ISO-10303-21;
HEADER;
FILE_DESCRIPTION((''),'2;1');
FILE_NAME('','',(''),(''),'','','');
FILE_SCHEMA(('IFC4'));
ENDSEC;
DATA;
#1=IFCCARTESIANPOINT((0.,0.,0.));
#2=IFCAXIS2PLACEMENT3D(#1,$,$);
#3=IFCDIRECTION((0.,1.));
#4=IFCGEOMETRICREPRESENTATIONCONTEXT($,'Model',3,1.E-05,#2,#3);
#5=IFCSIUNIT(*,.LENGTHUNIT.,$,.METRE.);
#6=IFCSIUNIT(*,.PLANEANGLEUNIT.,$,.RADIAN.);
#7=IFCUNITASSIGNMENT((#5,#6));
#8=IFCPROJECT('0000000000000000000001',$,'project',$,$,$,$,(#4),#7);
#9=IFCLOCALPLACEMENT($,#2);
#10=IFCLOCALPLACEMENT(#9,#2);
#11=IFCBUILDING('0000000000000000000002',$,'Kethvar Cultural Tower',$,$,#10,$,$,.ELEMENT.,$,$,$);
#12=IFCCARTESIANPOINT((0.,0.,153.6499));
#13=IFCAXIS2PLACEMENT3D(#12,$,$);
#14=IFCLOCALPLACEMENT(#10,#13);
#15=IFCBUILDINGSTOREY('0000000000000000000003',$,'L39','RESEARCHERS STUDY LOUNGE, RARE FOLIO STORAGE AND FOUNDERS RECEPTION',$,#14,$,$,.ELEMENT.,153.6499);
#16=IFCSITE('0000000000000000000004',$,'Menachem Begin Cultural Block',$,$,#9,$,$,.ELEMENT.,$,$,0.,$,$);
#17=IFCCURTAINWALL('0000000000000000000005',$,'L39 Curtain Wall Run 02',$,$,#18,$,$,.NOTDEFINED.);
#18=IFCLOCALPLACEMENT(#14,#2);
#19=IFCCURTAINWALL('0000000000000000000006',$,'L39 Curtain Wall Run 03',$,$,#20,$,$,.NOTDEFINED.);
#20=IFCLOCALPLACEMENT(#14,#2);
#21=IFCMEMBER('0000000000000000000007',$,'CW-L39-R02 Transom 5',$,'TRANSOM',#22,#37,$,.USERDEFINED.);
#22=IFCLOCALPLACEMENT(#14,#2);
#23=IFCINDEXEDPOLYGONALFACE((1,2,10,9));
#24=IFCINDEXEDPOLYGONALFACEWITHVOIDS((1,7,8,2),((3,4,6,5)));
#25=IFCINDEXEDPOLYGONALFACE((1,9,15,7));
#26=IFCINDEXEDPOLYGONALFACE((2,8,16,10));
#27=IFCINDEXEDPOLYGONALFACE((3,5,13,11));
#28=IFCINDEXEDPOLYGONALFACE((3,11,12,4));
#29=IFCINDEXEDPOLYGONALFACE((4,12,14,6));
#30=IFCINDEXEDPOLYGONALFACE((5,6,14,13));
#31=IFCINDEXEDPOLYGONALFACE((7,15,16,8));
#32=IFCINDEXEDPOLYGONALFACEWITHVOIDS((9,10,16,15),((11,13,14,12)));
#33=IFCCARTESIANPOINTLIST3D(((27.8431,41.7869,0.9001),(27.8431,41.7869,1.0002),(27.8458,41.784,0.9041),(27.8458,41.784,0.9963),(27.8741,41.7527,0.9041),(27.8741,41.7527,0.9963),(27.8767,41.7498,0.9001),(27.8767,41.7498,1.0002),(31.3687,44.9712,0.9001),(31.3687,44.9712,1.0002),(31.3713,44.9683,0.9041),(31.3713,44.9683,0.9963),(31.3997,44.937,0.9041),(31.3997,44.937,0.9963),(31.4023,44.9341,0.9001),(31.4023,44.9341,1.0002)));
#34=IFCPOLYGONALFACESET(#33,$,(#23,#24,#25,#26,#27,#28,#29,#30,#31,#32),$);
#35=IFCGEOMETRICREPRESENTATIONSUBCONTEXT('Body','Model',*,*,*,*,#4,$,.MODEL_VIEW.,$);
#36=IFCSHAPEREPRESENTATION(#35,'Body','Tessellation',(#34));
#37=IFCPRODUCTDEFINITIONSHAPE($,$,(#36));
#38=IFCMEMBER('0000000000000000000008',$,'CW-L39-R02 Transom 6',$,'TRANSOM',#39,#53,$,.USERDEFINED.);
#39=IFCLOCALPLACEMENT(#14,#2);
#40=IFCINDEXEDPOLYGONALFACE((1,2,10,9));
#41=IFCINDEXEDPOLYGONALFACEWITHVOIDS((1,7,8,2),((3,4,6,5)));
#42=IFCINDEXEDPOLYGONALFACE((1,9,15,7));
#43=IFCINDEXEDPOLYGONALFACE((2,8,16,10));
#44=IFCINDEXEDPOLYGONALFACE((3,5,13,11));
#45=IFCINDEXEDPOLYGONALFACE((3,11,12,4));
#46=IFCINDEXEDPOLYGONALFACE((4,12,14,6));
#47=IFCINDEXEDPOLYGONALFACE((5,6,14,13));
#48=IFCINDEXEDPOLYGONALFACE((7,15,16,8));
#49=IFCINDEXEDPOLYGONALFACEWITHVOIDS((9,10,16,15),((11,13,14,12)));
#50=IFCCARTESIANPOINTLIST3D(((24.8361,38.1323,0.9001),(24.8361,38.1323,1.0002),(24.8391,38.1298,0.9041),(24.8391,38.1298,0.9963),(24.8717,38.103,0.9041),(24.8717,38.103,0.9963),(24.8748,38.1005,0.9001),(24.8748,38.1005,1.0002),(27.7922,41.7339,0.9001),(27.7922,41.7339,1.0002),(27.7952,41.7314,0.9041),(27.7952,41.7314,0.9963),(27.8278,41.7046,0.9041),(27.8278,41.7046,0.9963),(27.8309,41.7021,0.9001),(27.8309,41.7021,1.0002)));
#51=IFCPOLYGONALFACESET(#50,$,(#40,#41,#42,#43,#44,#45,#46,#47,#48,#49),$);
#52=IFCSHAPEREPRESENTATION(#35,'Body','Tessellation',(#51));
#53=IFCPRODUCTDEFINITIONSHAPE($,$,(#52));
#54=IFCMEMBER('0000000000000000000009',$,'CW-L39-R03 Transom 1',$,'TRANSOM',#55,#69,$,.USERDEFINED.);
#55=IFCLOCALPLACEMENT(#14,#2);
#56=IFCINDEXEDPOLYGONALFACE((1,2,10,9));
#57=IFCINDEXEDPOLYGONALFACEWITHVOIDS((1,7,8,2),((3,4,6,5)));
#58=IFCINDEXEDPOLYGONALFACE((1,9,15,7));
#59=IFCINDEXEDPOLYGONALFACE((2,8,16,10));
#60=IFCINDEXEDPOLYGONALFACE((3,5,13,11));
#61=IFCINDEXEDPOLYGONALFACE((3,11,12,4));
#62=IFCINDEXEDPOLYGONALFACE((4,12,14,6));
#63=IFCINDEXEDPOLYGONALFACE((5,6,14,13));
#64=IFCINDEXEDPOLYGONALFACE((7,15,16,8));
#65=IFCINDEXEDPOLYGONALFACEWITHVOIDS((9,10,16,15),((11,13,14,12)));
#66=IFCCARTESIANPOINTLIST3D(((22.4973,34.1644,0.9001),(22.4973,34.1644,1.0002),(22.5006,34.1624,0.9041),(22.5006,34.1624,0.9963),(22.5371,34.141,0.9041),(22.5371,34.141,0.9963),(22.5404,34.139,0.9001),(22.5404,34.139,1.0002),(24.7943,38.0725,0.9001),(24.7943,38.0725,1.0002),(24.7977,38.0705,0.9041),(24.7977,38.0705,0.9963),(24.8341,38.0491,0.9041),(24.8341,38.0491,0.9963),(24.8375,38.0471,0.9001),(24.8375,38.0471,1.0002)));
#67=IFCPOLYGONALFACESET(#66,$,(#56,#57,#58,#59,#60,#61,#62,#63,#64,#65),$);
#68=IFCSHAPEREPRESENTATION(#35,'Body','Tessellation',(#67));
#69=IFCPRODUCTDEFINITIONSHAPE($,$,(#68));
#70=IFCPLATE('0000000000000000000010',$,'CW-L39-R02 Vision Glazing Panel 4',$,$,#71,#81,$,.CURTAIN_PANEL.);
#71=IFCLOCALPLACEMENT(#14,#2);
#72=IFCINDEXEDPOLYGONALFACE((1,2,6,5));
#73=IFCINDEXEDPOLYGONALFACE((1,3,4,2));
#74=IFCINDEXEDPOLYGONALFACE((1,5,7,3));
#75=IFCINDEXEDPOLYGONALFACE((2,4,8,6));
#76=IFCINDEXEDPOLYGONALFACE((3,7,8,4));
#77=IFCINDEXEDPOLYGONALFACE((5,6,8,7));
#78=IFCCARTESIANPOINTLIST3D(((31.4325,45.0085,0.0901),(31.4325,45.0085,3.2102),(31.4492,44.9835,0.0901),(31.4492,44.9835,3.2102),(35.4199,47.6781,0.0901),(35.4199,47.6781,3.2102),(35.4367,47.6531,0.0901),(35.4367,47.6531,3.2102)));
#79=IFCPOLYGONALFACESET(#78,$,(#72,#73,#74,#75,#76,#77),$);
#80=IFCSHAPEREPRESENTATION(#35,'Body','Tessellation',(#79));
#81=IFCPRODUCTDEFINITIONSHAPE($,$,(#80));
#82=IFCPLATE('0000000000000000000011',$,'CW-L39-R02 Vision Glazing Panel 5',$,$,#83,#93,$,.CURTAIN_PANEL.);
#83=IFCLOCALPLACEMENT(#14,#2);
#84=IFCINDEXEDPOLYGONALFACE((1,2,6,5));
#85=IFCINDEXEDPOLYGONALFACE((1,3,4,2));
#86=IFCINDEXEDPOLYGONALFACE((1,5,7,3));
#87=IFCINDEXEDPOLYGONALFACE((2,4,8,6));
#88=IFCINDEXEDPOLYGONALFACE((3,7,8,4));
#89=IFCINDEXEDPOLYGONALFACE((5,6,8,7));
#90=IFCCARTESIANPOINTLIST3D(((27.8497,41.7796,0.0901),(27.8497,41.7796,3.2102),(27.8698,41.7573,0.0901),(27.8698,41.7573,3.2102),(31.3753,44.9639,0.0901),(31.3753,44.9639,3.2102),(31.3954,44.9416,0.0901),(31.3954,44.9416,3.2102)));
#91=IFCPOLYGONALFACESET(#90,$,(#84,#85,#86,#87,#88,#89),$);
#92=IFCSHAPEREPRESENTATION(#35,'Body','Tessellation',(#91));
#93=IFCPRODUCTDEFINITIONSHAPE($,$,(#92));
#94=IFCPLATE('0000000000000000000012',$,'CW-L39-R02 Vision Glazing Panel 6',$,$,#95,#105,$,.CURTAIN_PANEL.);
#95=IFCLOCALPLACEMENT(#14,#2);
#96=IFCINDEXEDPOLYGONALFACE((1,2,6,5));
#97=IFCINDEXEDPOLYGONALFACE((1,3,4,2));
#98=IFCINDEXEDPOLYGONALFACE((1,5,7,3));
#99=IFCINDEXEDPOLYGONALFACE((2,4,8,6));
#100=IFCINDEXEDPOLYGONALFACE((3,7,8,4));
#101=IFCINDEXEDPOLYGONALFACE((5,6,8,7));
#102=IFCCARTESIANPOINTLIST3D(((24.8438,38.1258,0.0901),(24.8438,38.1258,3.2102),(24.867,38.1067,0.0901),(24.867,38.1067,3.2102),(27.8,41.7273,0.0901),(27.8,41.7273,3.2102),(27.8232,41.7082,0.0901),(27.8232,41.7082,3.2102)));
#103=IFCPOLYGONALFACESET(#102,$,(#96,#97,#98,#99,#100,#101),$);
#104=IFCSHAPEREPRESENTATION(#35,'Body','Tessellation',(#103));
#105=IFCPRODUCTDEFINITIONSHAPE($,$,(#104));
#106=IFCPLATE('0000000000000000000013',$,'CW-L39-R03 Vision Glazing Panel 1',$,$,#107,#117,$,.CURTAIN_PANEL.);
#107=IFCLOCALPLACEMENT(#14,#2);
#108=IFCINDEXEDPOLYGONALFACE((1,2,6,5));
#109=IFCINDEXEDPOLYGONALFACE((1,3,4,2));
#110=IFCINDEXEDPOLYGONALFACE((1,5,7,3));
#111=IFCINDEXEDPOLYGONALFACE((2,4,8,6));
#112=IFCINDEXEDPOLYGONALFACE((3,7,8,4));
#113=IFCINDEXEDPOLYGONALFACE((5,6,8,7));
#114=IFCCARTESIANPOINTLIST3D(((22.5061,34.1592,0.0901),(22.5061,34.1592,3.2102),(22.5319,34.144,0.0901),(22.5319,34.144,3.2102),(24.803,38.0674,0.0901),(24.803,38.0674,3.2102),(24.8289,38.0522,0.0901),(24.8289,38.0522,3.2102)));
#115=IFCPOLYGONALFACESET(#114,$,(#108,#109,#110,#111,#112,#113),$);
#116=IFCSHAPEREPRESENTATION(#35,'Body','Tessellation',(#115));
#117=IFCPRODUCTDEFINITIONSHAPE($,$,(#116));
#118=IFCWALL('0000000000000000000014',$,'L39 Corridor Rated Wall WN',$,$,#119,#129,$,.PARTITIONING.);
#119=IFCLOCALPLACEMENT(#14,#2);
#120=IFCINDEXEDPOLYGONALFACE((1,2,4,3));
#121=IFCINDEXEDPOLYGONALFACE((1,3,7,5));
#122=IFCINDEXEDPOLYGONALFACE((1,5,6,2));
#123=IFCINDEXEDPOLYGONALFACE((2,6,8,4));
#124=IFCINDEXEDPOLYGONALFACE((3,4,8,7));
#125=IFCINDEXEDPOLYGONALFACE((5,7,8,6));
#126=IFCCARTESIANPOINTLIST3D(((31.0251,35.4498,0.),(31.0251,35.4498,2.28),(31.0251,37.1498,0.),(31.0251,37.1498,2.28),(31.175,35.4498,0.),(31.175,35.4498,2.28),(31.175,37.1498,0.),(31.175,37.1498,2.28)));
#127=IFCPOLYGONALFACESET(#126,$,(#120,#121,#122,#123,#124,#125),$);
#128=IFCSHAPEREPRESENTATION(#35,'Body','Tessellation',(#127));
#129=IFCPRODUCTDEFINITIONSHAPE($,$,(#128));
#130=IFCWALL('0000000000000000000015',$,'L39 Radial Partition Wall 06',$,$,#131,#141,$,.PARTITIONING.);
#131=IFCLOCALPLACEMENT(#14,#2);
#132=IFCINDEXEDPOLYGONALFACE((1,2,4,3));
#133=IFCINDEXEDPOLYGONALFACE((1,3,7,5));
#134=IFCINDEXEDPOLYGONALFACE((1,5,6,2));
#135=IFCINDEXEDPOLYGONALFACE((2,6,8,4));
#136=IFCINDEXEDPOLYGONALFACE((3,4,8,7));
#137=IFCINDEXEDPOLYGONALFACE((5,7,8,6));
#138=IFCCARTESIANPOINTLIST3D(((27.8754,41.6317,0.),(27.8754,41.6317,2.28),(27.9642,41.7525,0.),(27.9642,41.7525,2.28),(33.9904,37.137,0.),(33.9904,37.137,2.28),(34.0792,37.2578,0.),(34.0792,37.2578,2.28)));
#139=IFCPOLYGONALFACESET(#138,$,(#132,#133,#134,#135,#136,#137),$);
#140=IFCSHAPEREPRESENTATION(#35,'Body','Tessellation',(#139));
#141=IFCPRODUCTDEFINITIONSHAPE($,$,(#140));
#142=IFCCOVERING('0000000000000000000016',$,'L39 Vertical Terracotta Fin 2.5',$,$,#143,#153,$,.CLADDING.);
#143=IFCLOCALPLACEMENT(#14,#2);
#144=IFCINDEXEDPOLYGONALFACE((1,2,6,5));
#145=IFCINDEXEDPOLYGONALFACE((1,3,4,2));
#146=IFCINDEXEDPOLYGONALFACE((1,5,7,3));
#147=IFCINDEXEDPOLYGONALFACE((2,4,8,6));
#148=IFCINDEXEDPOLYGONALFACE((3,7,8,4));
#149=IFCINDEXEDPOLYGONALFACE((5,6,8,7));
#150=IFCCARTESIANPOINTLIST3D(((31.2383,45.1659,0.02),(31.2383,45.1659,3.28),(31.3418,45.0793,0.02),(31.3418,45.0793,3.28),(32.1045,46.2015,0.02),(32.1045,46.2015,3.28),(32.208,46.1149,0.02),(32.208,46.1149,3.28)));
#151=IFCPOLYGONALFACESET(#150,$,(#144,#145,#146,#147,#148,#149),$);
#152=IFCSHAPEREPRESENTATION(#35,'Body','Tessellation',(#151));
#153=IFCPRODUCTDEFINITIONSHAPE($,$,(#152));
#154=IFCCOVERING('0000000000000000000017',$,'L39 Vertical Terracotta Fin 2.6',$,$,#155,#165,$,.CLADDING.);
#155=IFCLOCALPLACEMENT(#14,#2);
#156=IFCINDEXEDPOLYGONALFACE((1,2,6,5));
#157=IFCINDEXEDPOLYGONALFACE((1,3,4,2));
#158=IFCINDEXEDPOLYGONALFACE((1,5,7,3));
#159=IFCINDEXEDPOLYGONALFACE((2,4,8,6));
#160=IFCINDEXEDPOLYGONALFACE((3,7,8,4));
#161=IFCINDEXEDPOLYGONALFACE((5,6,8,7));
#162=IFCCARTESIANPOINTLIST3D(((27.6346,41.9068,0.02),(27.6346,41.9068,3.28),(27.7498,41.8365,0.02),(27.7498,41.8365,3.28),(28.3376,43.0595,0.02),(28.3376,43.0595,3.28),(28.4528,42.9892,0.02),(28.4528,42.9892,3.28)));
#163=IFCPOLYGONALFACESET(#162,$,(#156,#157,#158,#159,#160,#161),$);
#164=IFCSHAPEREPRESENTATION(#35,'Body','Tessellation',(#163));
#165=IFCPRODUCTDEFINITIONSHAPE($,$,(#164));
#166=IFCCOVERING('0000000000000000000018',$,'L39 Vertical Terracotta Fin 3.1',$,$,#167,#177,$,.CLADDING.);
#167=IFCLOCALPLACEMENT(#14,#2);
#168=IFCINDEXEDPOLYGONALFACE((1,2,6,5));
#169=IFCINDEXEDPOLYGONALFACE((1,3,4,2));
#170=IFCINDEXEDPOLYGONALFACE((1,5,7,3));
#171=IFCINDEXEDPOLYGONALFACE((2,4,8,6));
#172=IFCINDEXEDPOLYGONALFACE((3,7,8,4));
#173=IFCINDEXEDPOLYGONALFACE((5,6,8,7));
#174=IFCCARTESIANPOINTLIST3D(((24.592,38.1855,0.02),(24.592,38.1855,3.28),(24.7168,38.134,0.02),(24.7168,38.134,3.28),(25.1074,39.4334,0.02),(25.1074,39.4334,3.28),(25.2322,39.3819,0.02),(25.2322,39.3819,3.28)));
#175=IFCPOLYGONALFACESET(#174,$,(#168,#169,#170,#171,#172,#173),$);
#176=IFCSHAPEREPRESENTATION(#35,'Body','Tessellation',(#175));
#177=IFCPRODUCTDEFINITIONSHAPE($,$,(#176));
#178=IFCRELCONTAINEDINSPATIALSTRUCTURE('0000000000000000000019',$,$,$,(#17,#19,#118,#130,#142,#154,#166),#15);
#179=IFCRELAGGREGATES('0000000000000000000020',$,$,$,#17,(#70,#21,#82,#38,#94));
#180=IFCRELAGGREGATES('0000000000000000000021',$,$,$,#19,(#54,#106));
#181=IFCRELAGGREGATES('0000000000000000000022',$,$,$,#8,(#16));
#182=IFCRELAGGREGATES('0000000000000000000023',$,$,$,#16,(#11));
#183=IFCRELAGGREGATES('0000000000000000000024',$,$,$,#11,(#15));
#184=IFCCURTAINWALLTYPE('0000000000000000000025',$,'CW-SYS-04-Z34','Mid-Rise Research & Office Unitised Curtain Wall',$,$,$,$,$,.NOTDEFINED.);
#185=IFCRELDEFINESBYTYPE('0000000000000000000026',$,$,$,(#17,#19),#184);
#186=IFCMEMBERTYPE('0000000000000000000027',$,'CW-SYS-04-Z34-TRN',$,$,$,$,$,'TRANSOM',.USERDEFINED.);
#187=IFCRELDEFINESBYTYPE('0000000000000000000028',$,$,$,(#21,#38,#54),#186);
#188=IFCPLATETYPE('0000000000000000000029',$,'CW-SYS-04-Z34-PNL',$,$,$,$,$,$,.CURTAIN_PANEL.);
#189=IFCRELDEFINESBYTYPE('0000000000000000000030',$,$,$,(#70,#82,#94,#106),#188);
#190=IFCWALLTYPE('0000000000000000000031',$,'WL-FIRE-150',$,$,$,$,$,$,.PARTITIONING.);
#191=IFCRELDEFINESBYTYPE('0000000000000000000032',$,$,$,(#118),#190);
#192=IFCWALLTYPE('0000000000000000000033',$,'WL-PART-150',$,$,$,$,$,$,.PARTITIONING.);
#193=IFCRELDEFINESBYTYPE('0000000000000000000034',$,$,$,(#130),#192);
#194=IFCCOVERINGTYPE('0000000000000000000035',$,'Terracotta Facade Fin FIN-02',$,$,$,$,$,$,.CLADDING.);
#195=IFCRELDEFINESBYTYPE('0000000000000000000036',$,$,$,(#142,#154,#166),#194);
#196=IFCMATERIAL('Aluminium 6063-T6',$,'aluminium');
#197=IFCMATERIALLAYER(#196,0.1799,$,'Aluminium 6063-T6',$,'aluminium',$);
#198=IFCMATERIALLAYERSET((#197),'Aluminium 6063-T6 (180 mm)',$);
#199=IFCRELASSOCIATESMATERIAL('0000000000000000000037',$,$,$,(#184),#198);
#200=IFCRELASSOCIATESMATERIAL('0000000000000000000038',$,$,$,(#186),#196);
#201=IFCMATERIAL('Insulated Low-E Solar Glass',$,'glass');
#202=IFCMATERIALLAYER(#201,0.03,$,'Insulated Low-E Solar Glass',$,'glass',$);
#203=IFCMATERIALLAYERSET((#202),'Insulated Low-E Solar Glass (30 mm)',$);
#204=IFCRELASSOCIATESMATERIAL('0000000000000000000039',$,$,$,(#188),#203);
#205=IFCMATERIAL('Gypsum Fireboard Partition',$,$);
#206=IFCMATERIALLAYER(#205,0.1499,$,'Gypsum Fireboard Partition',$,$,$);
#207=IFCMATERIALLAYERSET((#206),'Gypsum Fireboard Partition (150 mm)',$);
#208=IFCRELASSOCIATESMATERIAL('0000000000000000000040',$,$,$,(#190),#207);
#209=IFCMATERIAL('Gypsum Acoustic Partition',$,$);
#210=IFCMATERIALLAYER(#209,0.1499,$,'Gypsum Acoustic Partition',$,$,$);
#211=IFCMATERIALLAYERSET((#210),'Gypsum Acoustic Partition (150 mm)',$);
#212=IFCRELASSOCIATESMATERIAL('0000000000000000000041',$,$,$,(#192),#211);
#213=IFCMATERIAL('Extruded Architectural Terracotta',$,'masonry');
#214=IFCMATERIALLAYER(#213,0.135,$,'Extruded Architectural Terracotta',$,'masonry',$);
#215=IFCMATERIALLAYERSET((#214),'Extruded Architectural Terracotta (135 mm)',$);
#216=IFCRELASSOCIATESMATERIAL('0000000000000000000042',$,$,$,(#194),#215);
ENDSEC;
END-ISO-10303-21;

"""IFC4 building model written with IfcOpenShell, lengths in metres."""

from ifc_helpers import new_model, si_unit, direction, frame, frame_2d, origin, origin_2d, place, context, subcontext, project, spatial, rectangle, hollow_rectangle, extrude, source, transform, mapped, material, layer, layer_set, material_profile, profile_set, type_object, element, aggregate, save


model = new_model("IFC4")

# Units and contexts
model_context = context("Model", 3, precision=1e-05, world=origin(), true_north=direction((0.0, 1.0)))
body_context = subcontext(model_context, "Body", "Model", "MODEL_VIEW")
ifc_project = project(units=[si_unit("LENGTHUNIT", "METRE"), si_unit("PLANEANGLEUNIT", "RADIAN")], contexts=[model_context])

# Site, building, storey
site_placement = place(None, origin())
site = spatial("IfcSite", under=ifc_project, at=site_placement, Name="Menachem Begin Cultural Block", CompositionType="ELEMENT", RefElevation=0.0)
building_placement = place(site_placement, origin())
building = spatial("IfcBuilding", under=site, at=building_placement, Name="Kethvar Cultural Tower", CompositionType="ELEMENT")
storey_placement = place(building_placement, frame((0.0, 0.0, 153.6499)))
storey = spatial("IfcBuildingStorey", under=building, at=storey_placement, Name="L39", Description="RESEARCHERS STUDY LOUNGE, RARE FOLIO STORAGE AND FOUNDERS RECEPTION", CompositionType="ELEMENT", Elevation=153.6499)

# Curtain wall
ifc_material_1 = material(Name="Aluminium 6063-T6", Category="aluminium")
ifc_layer_1 = layer(ifc_material_1, 0.1799, Name="Aluminium 6063-T6", Category="aluminium")
ifc_layer_set_1 = layer_set([ifc_layer_1], Name="Aluminium 6063-T6 (180 mm)")
curtain_wall_type = type_object("IfcCurtainWallType", Name="CW-SYS-04-Z34", Description="Mid-Rise Research & Office Unitised Curtain Wall", PredefinedType="NOTDEFINED", material=ifc_layer_set_1)
curtain_wall_1_placement = place(storey_placement, origin())
curtain_wall_1 = element("IfcCurtainWall", 1, at=curtain_wall_1_placement, inside=storey, type_object=curtain_wall_type, Name="L39 Curtain Wall Run 02", PredefinedType="NOTDEFINED")

# Curtain wall
curtain_wall_2_placement = place(storey_placement, origin())
curtain_wall_2 = element("IfcCurtainWall", 2, at=curtain_wall_2_placement, inside=storey, type_object=curtain_wall_type, Name="L39 Curtain Wall Run 03", PredefinedType="NOTDEFINED")

# Members
ifc_material_profile_1 = material_profile(ifc_material_1, hollow_rectangle(XDim=0.05, YDim=0.1001, WallThickness=0.0039, at=origin_2d()), Name="Aluminium 6063-T6 — RHS100x50x4")
ifc_profile_set_1 = profile_set([ifc_material_profile_1], Name="Aluminium 6063-T6 — RHS100x50x4")
member_type_1 = type_object("IfcMemberType", Name="CW-SYS-04-Z34-TRN", ElementType="TRANSOM", PredefinedType="USERDEFINED", material=ifc_profile_set_1)
shared_shape_1 = source(origin(), body_context, "Body", "SweptSolid", [
    extrude(hollow_rectangle(XDim=0.05, YDim=0.1001, WallThickness=0.0039, at=origin_2d()), origin(), (0.0, 0.0, 1.0), 4.7507),
])
member_1_placement = place(storey_placement, frame((31.3855, 44.9526, 0.9502), z_axis=(-0.742115, -0.670273, 0.0), x_axis=(0.670273, -0.742115, 0.0)))
member_1 = element("IfcMember", 3, at=member_1_placement, type_object=member_type_1, Name="CW-L39-R02 Transom 5", ObjectType="TRANSOM", PredefinedType="USERDEFINED", context=body_context, shape_type="MappedRepresentation", body=[
    mapped(shared_shape_1, transform((0.0, 0.0, 0.0), scale=1.0)),
])
shared_shape_2 = source(origin(), body_context, "Body", "SweptSolid", [
    extrude(hollow_rectangle(XDim=0.05, YDim=0.1001, WallThickness=0.0039, at=origin_2d()), origin(), (0.0, 0.0, 1.0), 4.6594),
])
member_2_placement = place(storey_placement, frame((27.8115, 41.718, 0.9502), z_axis=(-0.634435, -0.772976, 0.0), x_axis=(0.772976, -0.634435, 0.0)))
member_2 = element("IfcMember", 4, at=member_2_placement, type_object=member_type_1, Name="CW-L39-R02 Transom 6", ObjectType="TRANSOM", PredefinedType="USERDEFINED", context=body_context, shape_type="MappedRepresentation", body=[
    mapped(shared_shape_2, transform((0.0, 0.0, 0.0), scale=1.0)),
])
shared_shape_3 = source(origin(), body_context, "Body", "SweptSolid", [
    extrude(hollow_rectangle(XDim=0.05, YDim=0.1001, WallThickness=0.0039, at=origin_2d()), origin(), (0.0, 0.0, 1.0), 4.5332),
])
member_3_placement = place(storey_placement, frame((24.8159, 38.0598, 0.9502), z_axis=(-0.506721, -0.86211, 0.0), x_axis=(0.86211, -0.506721, 0.0)))
member_3 = element("IfcMember", 5, at=member_3_placement, type_object=member_type_1, Name="CW-L39-R03 Transom 1", ObjectType="TRANSOM", PredefinedType="USERDEFINED", context=body_context, shape_type="MappedRepresentation", body=[
    mapped(shared_shape_3, transform((0.0, 0.0, 0.0), scale=1.0)),
])

# Plates
ifc_material_2 = material(Name="Insulated Low-E Solar Glass", Category="glass")
ifc_layer_2 = layer(ifc_material_2, 0.03, Name="Insulated Low-E Solar Glass", Category="glass")
ifc_layer_set_2 = layer_set([ifc_layer_2], Name="Insulated Low-E Solar Glass (30 mm)")
plate_type = type_object("IfcPlateType", Name="CW-SYS-04-Z34-PNL", PredefinedType="CURTAIN_PANEL", material=ifc_layer_set_2)
shared_shape_4 = source(origin(), body_context, "Body", "SweptSolid", [
    extrude(rectangle(XDim=4.7986, YDim=0.03, at=origin_2d()), origin(), (0.0, 0.0, 1.0), 3.1201),
])
plate_1_placement = place(storey_placement, frame((33.4346, 46.3308, 0.0901), z_axis=(0.0, 0.0, 1.0), x_axis=(-0.830965, -0.556325, 0.0)))
plate_1 = element("IfcPlate", 6, at=plate_1_placement, type_object=plate_type, Name="CW-L39-R02 Vision Glazing Panel 4", PredefinedType="CURTAIN_PANEL", context=body_context, shape_type="MappedRepresentation", body=[
    mapped(shared_shape_4, transform((0.0, 0.0, 0.0), scale=1.0)),
])
shared_shape_5 = source(origin(), body_context, "Body", "SweptSolid", [
    extrude(rectangle(XDim=4.7507, YDim=0.03, at=origin_2d()), origin(), (0.0, 0.0, 1.0), 3.1201),
])
plate_2_placement = place(storey_placement, frame((29.6226, 43.3606, 0.0901), z_axis=(0.0, 0.0, 1.0), x_axis=(-0.742116, -0.670271, 0.0)))
plate_2 = element("IfcPlate", 7, at=plate_2_placement, type_object=plate_type, Name="CW-L39-R02 Vision Glazing Panel 5", PredefinedType="CURTAIN_PANEL", context=body_context, shape_type="MappedRepresentation", body=[
    mapped(shared_shape_5, transform((0.0, 0.0, 0.0), scale=1.0)),
])
shared_shape_6 = source(origin(), body_context, "Body", "SweptSolid", [
    extrude(rectangle(XDim=4.6594, YDim=0.03, at=origin_2d()), origin(), (0.0, 0.0, 1.0), 3.1201),
])
plate_3_placement = place(storey_placement, frame((26.3335, 39.917, 0.0901), z_axis=(0.0, 0.0, 1.0), x_axis=(-0.634461, -0.772955, 0.0)))
plate_3 = element("IfcPlate", 8, at=plate_3_placement, type_object=plate_type, Name="CW-L39-R02 Vision Glazing Panel 6", PredefinedType="CURTAIN_PANEL", context=body_context, shape_type="MappedRepresentation", body=[
    mapped(shared_shape_6, transform((0.0, 0.0, 0.0), scale=1.0)),
])
aggregate(curtain_wall_1, [plate_1, member_1, plate_2, member_2, plate_3])
shared_shape_7 = source(origin(), body_context, "Body", "SweptSolid", [
    extrude(rectangle(XDim=4.5332, YDim=0.03, at=origin_2d()), origin(), (0.0, 0.0, 1.0), 3.1201),
])
plate_4_placement = place(storey_placement, frame((23.6675, 36.1057, 0.0901), z_axis=(0.0, 0.0, 1.0), x_axis=(-0.506696, -0.862125, 0.0)))
plate_4 = element("IfcPlate", 9, at=plate_4_placement, type_object=plate_type, Name="CW-L39-R03 Vision Glazing Panel 1", PredefinedType="CURTAIN_PANEL", context=body_context, shape_type="MappedRepresentation", body=[
    mapped(shared_shape_7, transform((0.0, 0.0, 0.0), scale=1.0)),
])
aggregate(curtain_wall_2, [member_3, plate_4])

# Walls
ifc_material_3 = material(Name="Gypsum Fireboard Partition")
ifc_layer_3 = layer(ifc_material_3, 0.1499, Name="Gypsum Fireboard Partition")
ifc_layer_set_3 = layer_set([ifc_layer_3], Name="Gypsum Fireboard Partition (150 mm)")
wall_type_1 = type_object("IfcWallType", Name="WL-FIRE-150", PredefinedType="PARTITIONING", material=ifc_layer_set_3)
wall_1_placement = place(storey_placement, frame((31.1001, 37.1499, 0.0), z_axis=(0.0, 0.0, 1.0), x_axis=(0.0, -1.0, 0.0)))
element("IfcWall", 10, at=wall_1_placement, inside=storey, type_object=wall_type_1, Name="L39 Corridor Rated Wall WN", PredefinedType="PARTITIONING", context=body_context, shape_type="SweptSolid", body=[
    extrude(rectangle(XDim=1.7, YDim=0.1499, at=frame_2d((0.8501, 0.0))), origin(), (0.0, 0.0, 1.0), 2.28),
])
ifc_material_4 = material(Name="Gypsum Acoustic Partition")
ifc_layer_4 = layer(ifc_material_4, 0.1499, Name="Gypsum Acoustic Partition")
ifc_layer_set_4 = layer_set([ifc_layer_4], Name="Gypsum Acoustic Partition (150 mm)")
wall_type_2 = type_object("IfcWallType", Name="WL-PART-150", PredefinedType="PARTITIONING", material=ifc_layer_set_4)
wall_2_placement = place(storey_placement, frame((34.0347, 37.1975, 0.0), z_axis=(0.0, 0.0, 1.0), x_axis=(-0.805757, 0.592246, 0.0)))
element("IfcWall", 11, at=wall_2_placement, inside=storey, type_object=wall_type_2, Name="L39 Radial Partition Wall 06", PredefinedType="PARTITIONING", context=body_context, shape_type="SweptSolid", body=[
    extrude(rectangle(XDim=7.5891, YDim=0.1499, at=frame_2d((3.7944, 0.0))), origin(), (0.0, 0.0, 1.0), 2.28),
])

# Coverings
ifc_material_5 = material(Name="Extruded Architectural Terracotta", Category="masonry")
ifc_layer_5 = layer(ifc_material_5, 0.135, Name="Extruded Architectural Terracotta", Category="masonry")
ifc_layer_set_5 = layer_set([ifc_layer_5], Name="Extruded Architectural Terracotta (135 mm)")
covering_type = type_object("IfcCoveringType", Name="Terracotta Facade Fin FIN-02", PredefinedType="CLADDING", material=ifc_layer_set_5)
shared_shape_8 = source(origin(), body_context, "Body", "SweptSolid", [
    extrude(rectangle(XDim=1.3501, YDim=0.135, at=origin_2d()), origin(), (0.0, 0.0, 1.0), 3.26),
])
for number, where, z_axis, x_axis, name in (
    (12, (31.7231, 45.6404, 0.02), (0.0, 0.0, 1.0), (0.641584, 0.767053, 0.0), "L39 Vertical Terracotta Fin 2.5"),
    (13, (28.0437, 42.448, 0.02), (0.0, 0.0, 1.0), (0.520712, 0.853733, 0.0), "L39 Vertical Terracotta Fin 2.6"),
    (14, (24.9121, 38.7837, 0.02), (0.0, 0.0, 1.0), (0.381716, 0.92428, 0.0), "L39 Vertical Terracotta Fin 3.1"),
):
    element("IfcCovering", number, at=place(storey_placement, frame(where, z_axis=z_axis, x_axis=x_axis)), inside=storey, type_object=covering_type, Name=name, PredefinedType="CLADDING", context=body_context, shape_type="MappedRepresentation", body=[
        mapped(shared_shape_8, transform((0.0, 0.0, 0.0), scale=1.0)),
    ])

save(model, "model.ifc")
